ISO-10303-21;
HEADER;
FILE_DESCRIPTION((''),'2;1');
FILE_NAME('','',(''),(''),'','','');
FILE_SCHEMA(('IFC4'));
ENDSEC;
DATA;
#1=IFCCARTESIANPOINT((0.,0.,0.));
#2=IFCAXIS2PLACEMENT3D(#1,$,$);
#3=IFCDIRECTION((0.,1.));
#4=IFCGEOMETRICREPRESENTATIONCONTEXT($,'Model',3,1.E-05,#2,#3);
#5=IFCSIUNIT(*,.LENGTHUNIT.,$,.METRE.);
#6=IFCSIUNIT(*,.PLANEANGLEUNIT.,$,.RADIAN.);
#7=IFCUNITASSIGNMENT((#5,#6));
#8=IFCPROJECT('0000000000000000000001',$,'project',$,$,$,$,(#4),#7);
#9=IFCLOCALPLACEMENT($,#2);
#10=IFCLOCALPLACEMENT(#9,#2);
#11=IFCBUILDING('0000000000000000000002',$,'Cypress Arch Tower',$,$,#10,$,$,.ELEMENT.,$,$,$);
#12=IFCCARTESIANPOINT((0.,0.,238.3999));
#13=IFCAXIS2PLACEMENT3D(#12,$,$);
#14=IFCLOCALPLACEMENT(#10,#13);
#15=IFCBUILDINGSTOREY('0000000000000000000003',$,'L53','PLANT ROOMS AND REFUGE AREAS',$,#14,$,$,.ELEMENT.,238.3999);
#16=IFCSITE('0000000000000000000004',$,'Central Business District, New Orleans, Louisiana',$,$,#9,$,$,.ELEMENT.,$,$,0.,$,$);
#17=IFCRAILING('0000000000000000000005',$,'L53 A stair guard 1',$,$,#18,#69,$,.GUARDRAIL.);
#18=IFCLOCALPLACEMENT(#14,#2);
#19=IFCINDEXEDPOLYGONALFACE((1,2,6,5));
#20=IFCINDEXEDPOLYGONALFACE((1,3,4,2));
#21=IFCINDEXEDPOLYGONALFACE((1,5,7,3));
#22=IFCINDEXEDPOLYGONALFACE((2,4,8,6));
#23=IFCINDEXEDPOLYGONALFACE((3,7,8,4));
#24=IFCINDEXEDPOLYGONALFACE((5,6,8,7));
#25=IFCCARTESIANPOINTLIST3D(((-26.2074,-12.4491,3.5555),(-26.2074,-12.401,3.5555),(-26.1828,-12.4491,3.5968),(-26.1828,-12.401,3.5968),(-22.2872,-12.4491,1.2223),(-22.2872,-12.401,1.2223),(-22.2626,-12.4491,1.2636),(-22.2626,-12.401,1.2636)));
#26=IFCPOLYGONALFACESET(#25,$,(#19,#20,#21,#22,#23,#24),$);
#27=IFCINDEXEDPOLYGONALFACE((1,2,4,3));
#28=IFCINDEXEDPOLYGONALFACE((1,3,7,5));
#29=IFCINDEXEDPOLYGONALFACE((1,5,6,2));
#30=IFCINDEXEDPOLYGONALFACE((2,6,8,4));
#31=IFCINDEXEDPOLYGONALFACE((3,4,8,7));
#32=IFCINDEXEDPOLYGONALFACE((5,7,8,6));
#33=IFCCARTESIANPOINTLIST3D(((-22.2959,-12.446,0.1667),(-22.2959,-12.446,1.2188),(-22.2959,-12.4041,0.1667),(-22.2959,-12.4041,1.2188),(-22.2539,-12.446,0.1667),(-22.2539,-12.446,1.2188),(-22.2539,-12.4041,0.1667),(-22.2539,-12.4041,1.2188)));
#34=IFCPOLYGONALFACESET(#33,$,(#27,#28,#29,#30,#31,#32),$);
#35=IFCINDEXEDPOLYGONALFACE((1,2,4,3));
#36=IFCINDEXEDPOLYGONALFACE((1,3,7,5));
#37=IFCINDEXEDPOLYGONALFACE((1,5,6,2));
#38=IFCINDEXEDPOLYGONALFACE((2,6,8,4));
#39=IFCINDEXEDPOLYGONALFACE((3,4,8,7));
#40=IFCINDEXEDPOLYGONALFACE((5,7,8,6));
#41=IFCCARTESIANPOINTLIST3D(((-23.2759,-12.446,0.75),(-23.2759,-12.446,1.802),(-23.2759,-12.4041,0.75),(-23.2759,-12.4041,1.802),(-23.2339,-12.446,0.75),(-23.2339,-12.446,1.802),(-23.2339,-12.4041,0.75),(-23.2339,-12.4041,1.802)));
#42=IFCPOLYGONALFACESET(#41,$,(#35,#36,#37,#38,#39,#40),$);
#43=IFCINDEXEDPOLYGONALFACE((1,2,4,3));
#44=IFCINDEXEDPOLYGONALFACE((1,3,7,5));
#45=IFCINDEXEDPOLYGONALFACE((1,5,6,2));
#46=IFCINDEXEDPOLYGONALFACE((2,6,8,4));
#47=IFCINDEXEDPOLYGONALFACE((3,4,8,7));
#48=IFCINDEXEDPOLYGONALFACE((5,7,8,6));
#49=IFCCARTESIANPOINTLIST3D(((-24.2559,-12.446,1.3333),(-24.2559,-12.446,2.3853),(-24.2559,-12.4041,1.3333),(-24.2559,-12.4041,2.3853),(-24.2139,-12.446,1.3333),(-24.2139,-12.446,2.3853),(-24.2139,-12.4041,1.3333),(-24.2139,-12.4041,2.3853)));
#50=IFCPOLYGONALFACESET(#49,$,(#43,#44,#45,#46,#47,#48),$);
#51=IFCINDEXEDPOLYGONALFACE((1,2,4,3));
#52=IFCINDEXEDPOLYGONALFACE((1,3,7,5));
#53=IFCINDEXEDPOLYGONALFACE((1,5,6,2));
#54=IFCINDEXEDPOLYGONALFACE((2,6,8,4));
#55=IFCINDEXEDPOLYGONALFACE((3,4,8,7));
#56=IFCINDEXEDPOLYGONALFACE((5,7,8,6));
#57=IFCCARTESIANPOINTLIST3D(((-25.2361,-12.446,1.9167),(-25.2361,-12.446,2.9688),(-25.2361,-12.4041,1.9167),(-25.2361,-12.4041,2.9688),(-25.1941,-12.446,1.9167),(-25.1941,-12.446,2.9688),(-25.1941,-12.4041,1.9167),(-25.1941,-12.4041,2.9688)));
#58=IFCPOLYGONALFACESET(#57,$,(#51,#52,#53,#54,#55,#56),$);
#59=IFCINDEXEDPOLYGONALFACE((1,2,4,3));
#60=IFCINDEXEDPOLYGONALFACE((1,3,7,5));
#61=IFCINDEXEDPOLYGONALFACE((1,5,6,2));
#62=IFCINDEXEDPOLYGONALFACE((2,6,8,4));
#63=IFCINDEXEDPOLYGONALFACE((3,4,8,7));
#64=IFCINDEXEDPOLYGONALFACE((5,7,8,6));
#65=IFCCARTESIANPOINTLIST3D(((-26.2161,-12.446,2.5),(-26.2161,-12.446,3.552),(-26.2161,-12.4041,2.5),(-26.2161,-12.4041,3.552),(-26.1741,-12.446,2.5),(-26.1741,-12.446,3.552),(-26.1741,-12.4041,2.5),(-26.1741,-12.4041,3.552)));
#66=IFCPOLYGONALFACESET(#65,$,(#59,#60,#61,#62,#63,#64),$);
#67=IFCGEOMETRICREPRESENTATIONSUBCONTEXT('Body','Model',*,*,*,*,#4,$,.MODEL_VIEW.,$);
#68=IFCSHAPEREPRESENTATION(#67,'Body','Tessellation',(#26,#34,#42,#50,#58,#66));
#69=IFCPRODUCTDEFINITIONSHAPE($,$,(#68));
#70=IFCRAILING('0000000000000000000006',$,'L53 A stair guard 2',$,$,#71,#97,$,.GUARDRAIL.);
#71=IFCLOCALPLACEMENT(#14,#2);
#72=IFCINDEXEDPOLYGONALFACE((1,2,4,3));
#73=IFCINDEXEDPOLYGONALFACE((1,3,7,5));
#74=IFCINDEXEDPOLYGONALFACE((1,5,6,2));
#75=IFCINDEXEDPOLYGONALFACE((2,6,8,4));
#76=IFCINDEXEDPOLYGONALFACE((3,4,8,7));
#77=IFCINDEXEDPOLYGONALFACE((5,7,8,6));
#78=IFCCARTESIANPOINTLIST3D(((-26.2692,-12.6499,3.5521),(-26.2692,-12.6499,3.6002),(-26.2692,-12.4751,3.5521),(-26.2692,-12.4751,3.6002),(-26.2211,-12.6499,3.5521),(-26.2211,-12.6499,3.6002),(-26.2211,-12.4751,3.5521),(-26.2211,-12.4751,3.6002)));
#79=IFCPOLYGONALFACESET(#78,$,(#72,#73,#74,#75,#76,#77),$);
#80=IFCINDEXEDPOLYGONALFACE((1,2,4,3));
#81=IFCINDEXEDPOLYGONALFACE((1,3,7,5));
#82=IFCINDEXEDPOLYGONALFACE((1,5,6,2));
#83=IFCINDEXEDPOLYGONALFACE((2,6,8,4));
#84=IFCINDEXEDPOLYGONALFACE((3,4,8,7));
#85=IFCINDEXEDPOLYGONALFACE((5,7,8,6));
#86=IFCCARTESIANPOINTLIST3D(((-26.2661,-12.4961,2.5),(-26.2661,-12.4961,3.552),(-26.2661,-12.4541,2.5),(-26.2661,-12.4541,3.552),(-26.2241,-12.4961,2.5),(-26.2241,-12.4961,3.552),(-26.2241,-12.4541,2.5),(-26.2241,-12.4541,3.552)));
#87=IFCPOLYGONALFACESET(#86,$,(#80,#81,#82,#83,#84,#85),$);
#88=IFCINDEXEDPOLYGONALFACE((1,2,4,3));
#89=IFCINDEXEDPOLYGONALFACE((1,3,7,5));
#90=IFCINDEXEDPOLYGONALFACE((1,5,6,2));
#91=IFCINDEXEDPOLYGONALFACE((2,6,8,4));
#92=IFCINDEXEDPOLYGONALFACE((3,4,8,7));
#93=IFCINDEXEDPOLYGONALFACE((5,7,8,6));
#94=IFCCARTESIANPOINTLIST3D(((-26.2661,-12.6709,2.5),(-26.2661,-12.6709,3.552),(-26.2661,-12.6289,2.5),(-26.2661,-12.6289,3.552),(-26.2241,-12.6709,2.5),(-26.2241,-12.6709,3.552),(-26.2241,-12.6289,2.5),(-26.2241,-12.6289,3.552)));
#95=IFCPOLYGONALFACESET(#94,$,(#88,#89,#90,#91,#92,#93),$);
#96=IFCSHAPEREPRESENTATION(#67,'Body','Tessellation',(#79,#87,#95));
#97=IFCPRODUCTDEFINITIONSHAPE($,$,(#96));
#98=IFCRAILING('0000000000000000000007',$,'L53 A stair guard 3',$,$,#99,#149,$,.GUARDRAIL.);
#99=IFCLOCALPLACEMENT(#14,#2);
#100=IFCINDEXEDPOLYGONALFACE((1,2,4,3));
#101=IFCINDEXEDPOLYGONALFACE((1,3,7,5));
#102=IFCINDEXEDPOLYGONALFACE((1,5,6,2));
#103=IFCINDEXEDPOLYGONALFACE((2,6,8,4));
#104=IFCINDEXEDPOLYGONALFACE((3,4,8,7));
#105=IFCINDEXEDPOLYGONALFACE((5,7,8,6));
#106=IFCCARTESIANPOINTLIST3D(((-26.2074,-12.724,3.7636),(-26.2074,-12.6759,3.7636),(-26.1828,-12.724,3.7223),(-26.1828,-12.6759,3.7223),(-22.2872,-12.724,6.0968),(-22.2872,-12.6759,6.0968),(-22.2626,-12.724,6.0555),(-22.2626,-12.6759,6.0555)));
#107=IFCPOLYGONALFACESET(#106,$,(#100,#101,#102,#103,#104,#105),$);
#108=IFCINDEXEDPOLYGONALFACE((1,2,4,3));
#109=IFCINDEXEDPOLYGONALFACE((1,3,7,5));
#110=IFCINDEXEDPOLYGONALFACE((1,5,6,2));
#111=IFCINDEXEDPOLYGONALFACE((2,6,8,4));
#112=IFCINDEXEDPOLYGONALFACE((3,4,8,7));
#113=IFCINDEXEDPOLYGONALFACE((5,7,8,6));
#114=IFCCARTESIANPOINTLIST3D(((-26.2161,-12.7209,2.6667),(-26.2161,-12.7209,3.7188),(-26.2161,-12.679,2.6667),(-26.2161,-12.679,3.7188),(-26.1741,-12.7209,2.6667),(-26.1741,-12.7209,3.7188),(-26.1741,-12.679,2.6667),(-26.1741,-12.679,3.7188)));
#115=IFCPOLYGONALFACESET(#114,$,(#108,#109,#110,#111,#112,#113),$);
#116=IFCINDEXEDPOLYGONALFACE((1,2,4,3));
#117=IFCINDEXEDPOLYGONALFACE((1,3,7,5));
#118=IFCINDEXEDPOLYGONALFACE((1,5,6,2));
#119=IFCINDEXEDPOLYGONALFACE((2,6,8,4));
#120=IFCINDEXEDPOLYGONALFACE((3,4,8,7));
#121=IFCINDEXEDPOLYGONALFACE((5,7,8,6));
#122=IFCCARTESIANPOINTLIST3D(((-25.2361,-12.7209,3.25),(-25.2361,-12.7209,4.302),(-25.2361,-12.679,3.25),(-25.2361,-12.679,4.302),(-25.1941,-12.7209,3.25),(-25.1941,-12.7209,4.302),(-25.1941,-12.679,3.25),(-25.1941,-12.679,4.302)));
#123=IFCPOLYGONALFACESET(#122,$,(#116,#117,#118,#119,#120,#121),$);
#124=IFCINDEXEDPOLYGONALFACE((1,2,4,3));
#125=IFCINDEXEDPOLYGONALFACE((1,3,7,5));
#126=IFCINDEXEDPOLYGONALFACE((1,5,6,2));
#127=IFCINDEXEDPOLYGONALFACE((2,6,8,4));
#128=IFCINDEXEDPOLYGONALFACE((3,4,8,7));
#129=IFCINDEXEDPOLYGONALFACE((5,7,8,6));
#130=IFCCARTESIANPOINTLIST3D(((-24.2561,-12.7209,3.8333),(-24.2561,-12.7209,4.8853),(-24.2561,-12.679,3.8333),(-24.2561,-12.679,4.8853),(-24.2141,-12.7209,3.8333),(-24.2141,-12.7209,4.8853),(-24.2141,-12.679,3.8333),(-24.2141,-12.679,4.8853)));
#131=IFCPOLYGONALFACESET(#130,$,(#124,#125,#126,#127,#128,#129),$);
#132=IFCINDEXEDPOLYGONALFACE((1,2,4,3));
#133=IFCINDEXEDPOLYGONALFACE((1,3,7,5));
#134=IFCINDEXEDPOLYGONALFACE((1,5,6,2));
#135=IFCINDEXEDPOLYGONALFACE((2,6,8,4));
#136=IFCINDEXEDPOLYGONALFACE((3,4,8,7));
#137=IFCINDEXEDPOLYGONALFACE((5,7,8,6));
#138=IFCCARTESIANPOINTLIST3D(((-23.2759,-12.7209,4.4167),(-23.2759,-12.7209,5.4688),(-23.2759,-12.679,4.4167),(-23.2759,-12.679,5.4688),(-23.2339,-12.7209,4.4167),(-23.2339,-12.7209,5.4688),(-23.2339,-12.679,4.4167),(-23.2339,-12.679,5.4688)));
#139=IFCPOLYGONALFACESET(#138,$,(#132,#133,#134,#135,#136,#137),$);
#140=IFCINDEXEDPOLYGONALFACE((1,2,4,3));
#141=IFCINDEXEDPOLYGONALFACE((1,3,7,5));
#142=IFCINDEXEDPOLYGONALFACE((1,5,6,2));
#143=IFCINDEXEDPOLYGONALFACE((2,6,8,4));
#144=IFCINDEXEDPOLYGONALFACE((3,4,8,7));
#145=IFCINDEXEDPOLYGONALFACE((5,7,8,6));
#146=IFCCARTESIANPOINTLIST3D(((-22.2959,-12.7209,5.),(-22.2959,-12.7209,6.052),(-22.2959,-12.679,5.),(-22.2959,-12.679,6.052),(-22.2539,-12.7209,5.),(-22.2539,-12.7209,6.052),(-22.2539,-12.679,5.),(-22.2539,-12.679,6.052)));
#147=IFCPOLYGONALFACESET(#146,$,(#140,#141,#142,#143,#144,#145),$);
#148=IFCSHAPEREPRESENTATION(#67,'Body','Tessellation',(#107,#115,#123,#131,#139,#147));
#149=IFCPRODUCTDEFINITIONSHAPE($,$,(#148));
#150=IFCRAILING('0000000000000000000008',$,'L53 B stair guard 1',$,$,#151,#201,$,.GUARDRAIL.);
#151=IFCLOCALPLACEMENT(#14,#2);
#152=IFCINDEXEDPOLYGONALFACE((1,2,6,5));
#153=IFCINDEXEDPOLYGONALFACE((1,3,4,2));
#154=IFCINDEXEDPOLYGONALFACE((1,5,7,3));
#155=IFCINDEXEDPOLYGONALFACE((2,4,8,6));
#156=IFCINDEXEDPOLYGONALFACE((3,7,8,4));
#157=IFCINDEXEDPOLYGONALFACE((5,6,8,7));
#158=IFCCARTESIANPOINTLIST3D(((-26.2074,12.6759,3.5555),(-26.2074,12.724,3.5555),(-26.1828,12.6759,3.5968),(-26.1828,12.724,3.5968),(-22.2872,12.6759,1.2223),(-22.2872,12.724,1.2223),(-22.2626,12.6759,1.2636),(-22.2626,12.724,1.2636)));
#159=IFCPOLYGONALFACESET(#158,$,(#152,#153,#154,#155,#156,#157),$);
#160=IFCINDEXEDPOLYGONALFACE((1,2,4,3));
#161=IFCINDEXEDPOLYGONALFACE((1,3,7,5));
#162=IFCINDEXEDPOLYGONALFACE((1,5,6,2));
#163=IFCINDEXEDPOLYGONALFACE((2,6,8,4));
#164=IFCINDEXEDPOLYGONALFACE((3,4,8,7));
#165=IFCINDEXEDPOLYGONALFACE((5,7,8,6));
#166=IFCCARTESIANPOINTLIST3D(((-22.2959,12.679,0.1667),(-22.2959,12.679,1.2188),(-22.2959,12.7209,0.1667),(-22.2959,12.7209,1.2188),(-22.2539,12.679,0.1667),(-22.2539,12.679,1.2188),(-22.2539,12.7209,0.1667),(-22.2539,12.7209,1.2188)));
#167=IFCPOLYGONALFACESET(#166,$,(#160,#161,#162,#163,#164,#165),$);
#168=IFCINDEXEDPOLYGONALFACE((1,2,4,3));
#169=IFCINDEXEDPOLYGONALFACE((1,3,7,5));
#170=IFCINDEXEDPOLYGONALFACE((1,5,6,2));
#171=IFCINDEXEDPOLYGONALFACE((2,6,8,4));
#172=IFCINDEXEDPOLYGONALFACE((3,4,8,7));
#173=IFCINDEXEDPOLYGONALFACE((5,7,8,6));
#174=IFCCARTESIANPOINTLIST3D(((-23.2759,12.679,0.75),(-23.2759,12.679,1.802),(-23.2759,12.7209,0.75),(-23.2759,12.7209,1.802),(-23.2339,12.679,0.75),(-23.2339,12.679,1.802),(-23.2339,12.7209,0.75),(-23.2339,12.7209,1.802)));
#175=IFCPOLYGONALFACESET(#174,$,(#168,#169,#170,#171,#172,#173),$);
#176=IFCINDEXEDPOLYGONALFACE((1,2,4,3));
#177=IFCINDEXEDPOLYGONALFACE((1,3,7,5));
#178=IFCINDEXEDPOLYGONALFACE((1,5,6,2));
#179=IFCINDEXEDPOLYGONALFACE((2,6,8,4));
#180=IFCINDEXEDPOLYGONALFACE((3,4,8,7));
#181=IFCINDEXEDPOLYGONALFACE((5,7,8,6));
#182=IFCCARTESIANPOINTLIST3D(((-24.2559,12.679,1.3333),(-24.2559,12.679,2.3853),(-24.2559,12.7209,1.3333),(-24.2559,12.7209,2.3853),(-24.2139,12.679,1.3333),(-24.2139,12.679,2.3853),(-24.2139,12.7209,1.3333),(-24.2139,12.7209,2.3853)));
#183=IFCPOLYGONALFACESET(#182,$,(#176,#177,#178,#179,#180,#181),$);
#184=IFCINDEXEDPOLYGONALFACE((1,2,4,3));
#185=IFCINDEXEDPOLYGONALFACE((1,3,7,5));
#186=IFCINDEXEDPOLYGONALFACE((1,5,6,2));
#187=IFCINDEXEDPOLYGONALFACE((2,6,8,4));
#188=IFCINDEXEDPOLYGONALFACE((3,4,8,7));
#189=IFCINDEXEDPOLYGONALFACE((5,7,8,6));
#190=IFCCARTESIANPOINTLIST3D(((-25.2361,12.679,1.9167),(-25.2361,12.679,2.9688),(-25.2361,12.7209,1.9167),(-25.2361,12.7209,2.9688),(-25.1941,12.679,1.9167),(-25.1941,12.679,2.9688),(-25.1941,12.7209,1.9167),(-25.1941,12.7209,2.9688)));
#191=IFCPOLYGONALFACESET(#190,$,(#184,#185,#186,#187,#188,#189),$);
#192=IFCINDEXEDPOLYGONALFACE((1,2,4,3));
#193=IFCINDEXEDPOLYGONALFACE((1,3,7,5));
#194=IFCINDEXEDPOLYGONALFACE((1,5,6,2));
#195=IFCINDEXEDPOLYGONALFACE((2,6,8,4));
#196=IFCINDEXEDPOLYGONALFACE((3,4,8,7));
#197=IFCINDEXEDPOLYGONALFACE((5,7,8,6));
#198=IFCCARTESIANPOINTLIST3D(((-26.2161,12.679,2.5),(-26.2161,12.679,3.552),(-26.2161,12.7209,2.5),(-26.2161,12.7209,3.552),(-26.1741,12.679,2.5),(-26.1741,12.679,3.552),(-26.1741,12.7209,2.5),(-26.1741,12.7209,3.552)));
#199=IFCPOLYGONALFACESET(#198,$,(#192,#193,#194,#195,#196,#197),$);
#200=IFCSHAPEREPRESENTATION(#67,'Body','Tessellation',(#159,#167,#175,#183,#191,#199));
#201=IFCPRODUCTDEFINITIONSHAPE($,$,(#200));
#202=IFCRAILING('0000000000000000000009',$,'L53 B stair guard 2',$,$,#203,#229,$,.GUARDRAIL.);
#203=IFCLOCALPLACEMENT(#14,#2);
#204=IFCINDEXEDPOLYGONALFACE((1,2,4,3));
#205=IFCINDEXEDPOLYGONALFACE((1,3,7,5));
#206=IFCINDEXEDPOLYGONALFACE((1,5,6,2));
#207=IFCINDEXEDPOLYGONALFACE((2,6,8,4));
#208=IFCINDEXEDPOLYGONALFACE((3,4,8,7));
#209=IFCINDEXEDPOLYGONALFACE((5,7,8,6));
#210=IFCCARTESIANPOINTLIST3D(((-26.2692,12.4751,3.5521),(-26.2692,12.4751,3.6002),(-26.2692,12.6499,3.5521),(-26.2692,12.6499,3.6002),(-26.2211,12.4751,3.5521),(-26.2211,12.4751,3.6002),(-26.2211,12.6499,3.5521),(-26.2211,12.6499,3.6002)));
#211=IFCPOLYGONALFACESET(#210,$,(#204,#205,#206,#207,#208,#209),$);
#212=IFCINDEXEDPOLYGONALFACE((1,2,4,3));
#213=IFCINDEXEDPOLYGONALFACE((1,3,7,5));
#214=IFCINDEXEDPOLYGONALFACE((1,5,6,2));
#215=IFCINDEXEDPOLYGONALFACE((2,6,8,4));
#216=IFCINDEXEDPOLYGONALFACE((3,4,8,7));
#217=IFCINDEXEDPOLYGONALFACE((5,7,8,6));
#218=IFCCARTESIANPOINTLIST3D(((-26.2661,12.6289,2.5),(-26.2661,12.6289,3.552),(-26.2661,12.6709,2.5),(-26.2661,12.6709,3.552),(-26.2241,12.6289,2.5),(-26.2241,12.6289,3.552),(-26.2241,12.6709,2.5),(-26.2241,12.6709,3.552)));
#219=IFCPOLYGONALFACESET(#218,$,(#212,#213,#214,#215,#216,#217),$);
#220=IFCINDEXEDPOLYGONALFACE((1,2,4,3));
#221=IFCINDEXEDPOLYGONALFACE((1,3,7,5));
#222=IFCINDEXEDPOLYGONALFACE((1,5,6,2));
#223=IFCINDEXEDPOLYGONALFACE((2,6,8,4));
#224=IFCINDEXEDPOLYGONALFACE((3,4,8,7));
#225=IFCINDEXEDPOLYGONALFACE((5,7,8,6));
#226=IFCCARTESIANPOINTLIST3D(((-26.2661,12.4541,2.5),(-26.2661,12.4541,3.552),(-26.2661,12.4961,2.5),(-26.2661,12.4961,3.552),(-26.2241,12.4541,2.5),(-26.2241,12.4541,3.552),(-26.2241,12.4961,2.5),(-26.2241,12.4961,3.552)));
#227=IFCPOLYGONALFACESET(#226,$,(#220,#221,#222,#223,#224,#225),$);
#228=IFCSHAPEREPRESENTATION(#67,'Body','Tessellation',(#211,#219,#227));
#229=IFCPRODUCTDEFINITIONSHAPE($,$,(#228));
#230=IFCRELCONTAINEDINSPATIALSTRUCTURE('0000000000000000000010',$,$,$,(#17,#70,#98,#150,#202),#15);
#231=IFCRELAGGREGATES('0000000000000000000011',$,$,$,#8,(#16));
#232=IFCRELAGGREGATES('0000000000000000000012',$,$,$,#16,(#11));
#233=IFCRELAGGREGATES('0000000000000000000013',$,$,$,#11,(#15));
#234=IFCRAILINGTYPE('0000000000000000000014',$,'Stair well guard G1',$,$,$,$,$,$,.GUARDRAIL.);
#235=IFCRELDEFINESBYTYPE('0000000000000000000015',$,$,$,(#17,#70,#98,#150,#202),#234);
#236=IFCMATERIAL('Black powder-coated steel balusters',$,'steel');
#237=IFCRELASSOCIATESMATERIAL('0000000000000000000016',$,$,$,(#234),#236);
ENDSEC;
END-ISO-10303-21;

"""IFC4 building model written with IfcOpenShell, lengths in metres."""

from ifc_helpers import new_model, si_unit, direction, frame, origin, origin_2d, place, context, subcontext, project, spatial, rectangle, extrude, material, type_object, element, save


model = new_model("IFC4")

# Units and contexts
model_context = context("Model", 3, precision=1e-05, world=origin(), true_north=direction((0.0, 1.0)))
body_context = subcontext(model_context, "Body", "Model", "MODEL_VIEW")
ifc_project = project(units=[si_unit("LENGTHUNIT", "METRE"), si_unit("PLANEANGLEUNIT", "RADIAN")], contexts=[model_context])

# Site, building, storey
site_placement = place(None, origin())
site = spatial("IfcSite", under=ifc_project, at=site_placement, Name="Central Business District, New Orleans, Louisiana", CompositionType="ELEMENT", RefElevation=0.0)
building_placement = place(site_placement, origin())
building = spatial("IfcBuilding", under=site, at=building_placement, Name="Cypress Arch Tower", CompositionType="ELEMENT")
storey_placement = place(building_placement, frame((0.0, 0.0, 238.3999)))
storey = spatial("IfcBuildingStorey", under=building, at=storey_placement, Name="L53", Description="PLANT ROOMS AND REFUGE AREAS", CompositionType="ELEMENT", Elevation=238.3999)

# Railings
ifc_material_1 = material(Name="Black powder-coated steel balusters", Category="steel")
railing_type_1 = type_object("IfcRailingType", Name="Stair well guard G1", PredefinedType="GUARDRAIL", material=ifc_material_1)
railing_1_placement = place(storey_placement, frame((-22.2749, -12.425, 0.1667)))
element("IfcRailing", 1, at=railing_1_placement, inside=storey, type_object=railing_type_1, Name="L53 A stair guard 1", PredefinedType="GUARDRAIL", context=body_context, shape_type="SweptSolid", body=[
    extrude(rectangle(XDim=0.0481, YDim=0.0481, at=origin_2d()), frame((0.0, 0.0, 1.0762), z_axis=(-0.85931, 0.0, 0.511455), x_axis=(0.0, -1.0, 0.0)), (0.0, 0.0, 1.0), 4.562),
    extrude(rectangle(XDim=0.042, YDim=0.042, at=origin_2d()), origin(), (0.0, 0.0, 1.0), 1.052),
    extrude(rectangle(XDim=0.042, YDim=0.042, at=origin_2d()), frame((-0.98, 0.0, 0.5833)), (0.0, 0.0, 1.0), 1.052),
    extrude(rectangle(XDim=0.042, YDim=0.042, at=origin_2d()), frame((-1.96, 0.0, 1.1665)), (0.0, 0.0, 1.0), 1.052),
    extrude(rectangle(XDim=0.042, YDim=0.042, at=origin_2d()), frame((-2.9402, 0.0, 1.75)), (0.0, 0.0, 1.0), 1.052),
    extrude(rectangle(XDim=0.042, YDim=0.042, at=origin_2d()), frame((-3.9202, 0.0, 2.3333)), (0.0, 0.0, 1.0), 1.052),
])
railing_2_placement = place(storey_placement, frame((-26.2451, -12.4751, 2.5)))
element("IfcRailing", 2, at=railing_2_placement, inside=storey, type_object=railing_type_1, Name="L53 A stair guard 2", PredefinedType="GUARDRAIL", context=body_context, shape_type="SweptSolid", body=[
    extrude(rectangle(XDim=0.0481, YDim=0.0481, at=origin_2d()), frame((0.0, 0.0, 1.0762), z_axis=(0.0, -1.0, 0.0), x_axis=(1.0, 0.0, 0.0)), (0.0, 0.0, 1.0), 0.1748),
    extrude(rectangle(XDim=0.042, YDim=0.042, at=origin_2d()), origin(), (0.0, 0.0, 1.0), 1.052),
    extrude(rectangle(XDim=0.042, YDim=0.042, at=origin_2d()), frame((0.0, -0.1748, 0.0)), (0.0, 0.0, 1.0), 1.052),
])
railing_3_placement = place(storey_placement, frame((-26.1951, -12.7, 2.6667)))
element("IfcRailing", 3, at=railing_3_placement, inside=storey, type_object=railing_type_1, Name="L53 A stair guard 3", PredefinedType="GUARDRAIL", context=body_context, shape_type="SweptSolid", body=[
    extrude(rectangle(XDim=0.0481, YDim=0.0481, at=origin_2d()), frame((0.0, 0.0, 1.0762), z_axis=(0.85931, 0.0, 0.511455), x_axis=(0.0, 1.0, 0.0)), (0.0, 0.0, 1.0), 4.562),
    extrude(rectangle(XDim=0.042, YDim=0.042, at=origin_2d()), origin(), (0.0, 0.0, 1.0), 1.052),
    extrude(rectangle(XDim=0.042, YDim=0.042, at=origin_2d()), frame((0.98, 0.0, 0.5833)), (0.0, 0.0, 1.0), 1.052),
    extrude(rectangle(XDim=0.042, YDim=0.042, at=origin_2d()), frame((1.96, 0.0, 1.1665)), (0.0, 0.0, 1.0), 1.052),
    extrude(rectangle(XDim=0.042, YDim=0.042, at=origin_2d()), frame((2.9402, 0.0, 1.75)), (0.0, 0.0, 1.0), 1.052),
    extrude(rectangle(XDim=0.042, YDim=0.042, at=origin_2d()), frame((3.9202, 0.0, 2.3333)), (0.0, 0.0, 1.0), 1.052),
])
railing_4_placement = place(storey_placement, frame((-22.2749, 12.7, 0.1667)))
element("IfcRailing", 4, at=railing_4_placement, inside=storey, type_object=railing_type_1, Name="L53 B stair guard 1", PredefinedType="GUARDRAIL", context=body_context, shape_type="SweptSolid", body=[
    extrude(rectangle(XDim=0.0481, YDim=0.0481, at=origin_2d()), frame((0.0, 0.0, 1.0762), z_axis=(-0.85931, 0.0, 0.511455), x_axis=(0.0, -1.0, 0.0)), (0.0, 0.0, 1.0), 4.562),
    extrude(rectangle(XDim=0.042, YDim=0.042, at=origin_2d()), origin(), (0.0, 0.0, 1.0), 1.052),
    extrude(rectangle(XDim=0.042, YDim=0.042, at=origin_2d()), frame((-0.98, 0.0, 0.5833)), (0.0, 0.0, 1.0), 1.052),
    extrude(rectangle(XDim=0.042, YDim=0.042, at=origin_2d()), frame((-1.96, 0.0, 1.1665)), (0.0, 0.0, 1.0), 1.052),
    extrude(rectangle(XDim=0.042, YDim=0.042, at=origin_2d()), frame((-2.9402, 0.0, 1.75)), (0.0, 0.0, 1.0), 1.052),
    extrude(rectangle(XDim=0.042, YDim=0.042, at=origin_2d()), frame((-3.9202, 0.0, 2.3333)), (0.0, 0.0, 1.0), 1.052),
])
railing_5_placement = place(storey_placement, frame((-26.2451, 12.6499, 2.5)))
element("IfcRailing", 5, at=railing_5_placement, inside=storey, type_object=railing_type_1, Name="L53 B stair guard 2", PredefinedType="GUARDRAIL", context=body_context, shape_type="SweptSolid", body=[
    extrude(rectangle(XDim=0.0481, YDim=0.0481, at=origin_2d()), frame((0.0, 0.0, 1.0762), z_axis=(0.0, -1.0, 0.0), x_axis=(1.0, 0.0, 0.0)), (0.0, 0.0, 1.0), 0.1748),
    extrude(rectangle(XDim=0.042, YDim=0.042, at=origin_2d()), origin(), (0.0, 0.0, 1.0), 1.052),
    extrude(rectangle(XDim=0.042, YDim=0.042, at=origin_2d()), frame((0.0, -0.1748, 0.0)), (0.0, 0.0, 1.0), 1.052),
])

save(model, "model.ifc")
